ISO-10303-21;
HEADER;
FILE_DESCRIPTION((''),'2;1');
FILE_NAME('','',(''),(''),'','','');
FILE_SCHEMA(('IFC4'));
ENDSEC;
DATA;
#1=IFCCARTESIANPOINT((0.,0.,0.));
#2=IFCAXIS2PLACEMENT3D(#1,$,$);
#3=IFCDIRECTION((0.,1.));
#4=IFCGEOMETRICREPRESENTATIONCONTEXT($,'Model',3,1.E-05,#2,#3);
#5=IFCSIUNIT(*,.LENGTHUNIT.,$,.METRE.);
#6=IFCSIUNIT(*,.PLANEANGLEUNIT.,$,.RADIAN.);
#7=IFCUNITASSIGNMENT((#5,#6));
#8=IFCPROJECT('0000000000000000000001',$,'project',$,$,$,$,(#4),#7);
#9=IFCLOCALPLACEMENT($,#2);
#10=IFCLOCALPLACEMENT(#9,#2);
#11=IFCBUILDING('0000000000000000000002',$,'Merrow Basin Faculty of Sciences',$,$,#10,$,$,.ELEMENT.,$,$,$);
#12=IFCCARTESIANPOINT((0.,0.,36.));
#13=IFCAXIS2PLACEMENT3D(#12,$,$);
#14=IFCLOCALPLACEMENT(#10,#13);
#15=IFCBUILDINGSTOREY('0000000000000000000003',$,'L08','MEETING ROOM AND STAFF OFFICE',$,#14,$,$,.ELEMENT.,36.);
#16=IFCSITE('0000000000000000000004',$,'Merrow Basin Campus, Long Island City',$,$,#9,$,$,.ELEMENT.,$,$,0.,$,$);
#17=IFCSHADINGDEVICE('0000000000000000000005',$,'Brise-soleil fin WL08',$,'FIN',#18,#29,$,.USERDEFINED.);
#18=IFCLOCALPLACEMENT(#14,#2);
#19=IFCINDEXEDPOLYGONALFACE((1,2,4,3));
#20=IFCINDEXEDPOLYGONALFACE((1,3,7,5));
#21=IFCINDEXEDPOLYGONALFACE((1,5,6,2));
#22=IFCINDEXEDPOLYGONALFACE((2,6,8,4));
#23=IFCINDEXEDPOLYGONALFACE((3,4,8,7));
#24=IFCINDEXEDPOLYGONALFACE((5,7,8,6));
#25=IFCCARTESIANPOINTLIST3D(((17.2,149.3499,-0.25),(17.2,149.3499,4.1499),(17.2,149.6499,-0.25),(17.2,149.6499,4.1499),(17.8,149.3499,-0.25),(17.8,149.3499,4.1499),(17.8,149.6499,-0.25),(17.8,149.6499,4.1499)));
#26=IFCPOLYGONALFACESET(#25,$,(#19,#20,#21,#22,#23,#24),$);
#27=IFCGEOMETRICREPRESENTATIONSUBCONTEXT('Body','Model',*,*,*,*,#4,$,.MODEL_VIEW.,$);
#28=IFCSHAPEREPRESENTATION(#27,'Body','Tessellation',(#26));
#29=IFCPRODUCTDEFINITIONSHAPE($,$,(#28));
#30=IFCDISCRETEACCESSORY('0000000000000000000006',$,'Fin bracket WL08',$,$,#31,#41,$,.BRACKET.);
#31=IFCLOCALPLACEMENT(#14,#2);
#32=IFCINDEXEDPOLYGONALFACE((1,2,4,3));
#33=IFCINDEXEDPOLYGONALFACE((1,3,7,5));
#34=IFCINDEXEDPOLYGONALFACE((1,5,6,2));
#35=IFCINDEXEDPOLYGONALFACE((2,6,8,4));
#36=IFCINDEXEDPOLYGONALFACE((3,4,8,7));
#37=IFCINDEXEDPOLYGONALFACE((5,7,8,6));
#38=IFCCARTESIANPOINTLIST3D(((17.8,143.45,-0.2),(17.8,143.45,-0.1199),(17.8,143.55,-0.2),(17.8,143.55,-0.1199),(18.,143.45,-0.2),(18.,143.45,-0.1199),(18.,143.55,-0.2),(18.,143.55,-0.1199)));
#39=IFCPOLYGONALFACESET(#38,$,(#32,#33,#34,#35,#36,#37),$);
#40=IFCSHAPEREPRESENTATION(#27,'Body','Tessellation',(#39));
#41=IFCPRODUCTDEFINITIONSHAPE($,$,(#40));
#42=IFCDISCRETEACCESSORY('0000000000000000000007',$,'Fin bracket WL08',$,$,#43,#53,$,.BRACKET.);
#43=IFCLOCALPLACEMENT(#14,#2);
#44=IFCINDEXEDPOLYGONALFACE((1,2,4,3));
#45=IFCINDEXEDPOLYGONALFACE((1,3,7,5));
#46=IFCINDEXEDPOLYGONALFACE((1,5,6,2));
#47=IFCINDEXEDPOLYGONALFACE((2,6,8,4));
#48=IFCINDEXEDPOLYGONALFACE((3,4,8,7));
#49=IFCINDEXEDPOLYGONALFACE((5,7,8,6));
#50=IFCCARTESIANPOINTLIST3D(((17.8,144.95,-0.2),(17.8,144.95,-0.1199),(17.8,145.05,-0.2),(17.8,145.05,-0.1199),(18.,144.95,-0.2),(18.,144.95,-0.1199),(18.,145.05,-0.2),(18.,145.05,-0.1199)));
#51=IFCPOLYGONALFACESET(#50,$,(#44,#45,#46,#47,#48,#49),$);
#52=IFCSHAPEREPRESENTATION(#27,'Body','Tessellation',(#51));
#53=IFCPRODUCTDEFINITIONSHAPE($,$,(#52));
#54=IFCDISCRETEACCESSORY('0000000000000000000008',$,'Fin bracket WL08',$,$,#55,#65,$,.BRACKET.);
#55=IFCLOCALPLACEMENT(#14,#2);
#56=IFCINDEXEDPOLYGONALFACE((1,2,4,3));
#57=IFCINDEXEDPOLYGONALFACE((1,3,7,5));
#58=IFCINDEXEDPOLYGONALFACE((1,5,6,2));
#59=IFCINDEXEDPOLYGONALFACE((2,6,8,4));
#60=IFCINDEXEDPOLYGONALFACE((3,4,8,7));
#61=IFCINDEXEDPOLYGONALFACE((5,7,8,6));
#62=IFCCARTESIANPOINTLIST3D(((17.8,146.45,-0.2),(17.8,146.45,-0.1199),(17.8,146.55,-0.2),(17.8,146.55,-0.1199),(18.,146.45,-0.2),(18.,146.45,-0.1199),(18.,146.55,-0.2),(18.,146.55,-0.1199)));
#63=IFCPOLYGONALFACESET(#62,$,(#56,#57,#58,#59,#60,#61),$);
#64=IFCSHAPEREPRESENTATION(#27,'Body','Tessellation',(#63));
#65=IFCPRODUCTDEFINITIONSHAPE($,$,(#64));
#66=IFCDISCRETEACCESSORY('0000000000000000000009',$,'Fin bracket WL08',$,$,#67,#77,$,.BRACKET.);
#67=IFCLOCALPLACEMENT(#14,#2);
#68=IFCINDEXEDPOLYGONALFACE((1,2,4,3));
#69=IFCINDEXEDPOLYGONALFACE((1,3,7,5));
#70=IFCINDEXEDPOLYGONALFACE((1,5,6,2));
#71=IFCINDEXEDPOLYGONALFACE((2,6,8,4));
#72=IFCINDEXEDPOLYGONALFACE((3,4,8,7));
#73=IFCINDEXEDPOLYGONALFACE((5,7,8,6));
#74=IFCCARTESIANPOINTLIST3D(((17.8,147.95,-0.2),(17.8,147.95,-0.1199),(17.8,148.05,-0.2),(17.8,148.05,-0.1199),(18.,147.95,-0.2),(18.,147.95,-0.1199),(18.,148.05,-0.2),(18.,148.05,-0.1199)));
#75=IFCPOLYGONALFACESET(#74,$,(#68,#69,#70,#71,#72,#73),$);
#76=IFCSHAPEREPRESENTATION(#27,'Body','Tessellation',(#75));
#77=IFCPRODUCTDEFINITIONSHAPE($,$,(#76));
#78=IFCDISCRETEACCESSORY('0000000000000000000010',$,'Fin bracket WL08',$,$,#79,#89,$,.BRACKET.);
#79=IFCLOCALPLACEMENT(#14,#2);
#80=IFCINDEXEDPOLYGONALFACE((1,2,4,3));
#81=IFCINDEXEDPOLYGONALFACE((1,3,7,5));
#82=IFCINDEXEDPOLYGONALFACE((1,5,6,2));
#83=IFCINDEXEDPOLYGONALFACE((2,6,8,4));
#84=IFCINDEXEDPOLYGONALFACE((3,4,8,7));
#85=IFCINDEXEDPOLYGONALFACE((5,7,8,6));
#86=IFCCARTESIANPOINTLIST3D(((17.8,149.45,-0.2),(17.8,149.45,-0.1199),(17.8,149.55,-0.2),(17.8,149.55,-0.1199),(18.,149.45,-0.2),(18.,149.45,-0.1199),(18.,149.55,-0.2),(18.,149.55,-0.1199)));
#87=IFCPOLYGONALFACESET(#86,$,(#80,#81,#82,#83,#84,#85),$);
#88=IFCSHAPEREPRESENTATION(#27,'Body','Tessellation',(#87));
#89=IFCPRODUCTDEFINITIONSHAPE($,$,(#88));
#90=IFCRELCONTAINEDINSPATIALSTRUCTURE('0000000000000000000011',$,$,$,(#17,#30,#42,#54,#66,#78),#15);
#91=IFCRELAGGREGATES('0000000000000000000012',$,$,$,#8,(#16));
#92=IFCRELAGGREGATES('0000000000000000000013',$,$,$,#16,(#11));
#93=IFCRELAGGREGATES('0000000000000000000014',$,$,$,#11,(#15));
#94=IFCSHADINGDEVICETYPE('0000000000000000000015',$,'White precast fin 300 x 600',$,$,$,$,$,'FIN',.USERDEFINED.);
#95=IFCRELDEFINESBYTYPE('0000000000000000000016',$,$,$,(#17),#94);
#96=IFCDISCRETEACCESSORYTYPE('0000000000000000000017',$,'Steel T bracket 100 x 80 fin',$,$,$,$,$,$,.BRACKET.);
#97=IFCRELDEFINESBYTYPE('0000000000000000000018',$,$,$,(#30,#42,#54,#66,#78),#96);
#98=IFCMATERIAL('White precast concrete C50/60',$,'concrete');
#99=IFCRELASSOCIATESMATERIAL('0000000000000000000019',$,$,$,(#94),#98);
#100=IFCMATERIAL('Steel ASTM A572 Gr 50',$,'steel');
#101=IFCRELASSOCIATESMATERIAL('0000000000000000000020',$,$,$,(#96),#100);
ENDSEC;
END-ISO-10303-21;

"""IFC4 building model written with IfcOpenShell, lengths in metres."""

from ifc_helpers import new_model, si_unit, direction, frame, origin, place, context, subcontext, project, spatial, polyline, outline, extrude, source, transform, mapped, material, type_object, element, save


model = new_model("IFC4")

# Units and contexts
model_context = context("Model", 3, precision=1e-05, world=origin(), true_north=direction((0.0, 1.0)))
body_context = subcontext(model_context, "Body", "Model", "MODEL_VIEW")
ifc_project = project(units=[si_unit("LENGTHUNIT", "METRE"), si_unit("PLANEANGLEUNIT", "RADIAN")], contexts=[model_context])

# Site, building, storey
site_placement = place(None, origin())
site = spatial("IfcSite", under=ifc_project, at=site_placement, Name="Merrow Basin Campus, Long Island City", CompositionType="ELEMENT", RefElevation=0.0)
building_placement = place(site_placement, origin())
building = spatial("IfcBuilding", under=site, at=building_placement, Name="Merrow Basin Faculty of Sciences", CompositionType="ELEMENT")
storey_placement = place(building_placement, frame((0.0, 0.0, 36.0)))
storey = spatial("IfcBuildingStorey", under=building, at=storey_placement, Name="L08", Description="MEETING ROOM AND STAFF OFFICE", CompositionType="ELEMENT", Elevation=36.0)

# Shading device
ifc_material_1 = material(Name="White precast concrete C50/60", Category="concrete")
shading_device_type = type_object("IfcShadingDeviceType", Name="White precast fin 300 x 600", ElementType="FIN", PredefinedType="USERDEFINED", material=ifc_material_1)
shared_shape_1 = source(origin(), body_context, "Body", "SweptSolid", [
    extrude(outline(polyline([(0.0, 0.0), (0.3, 0.0), (0.3, 4.3999), (0.0, 4.3999), (0.0, 0.0)])), origin(), (0.0, 0.0, 1.0), 0.6001),
])
for number, where, z_axis, x_axis, name in (
    (1, (17.8, 149.6499, -0.25), (-1.0, 0.0, 0.0), (0.0, -1.0, 0.0), "Brise-soleil fin WL08"),
):
    element("IfcShadingDevice", number, at=place(storey_placement, frame(where, z_axis=z_axis, x_axis=x_axis)), inside=storey, type_object=shading_device_type, Name=name, ObjectType="FIN", PredefinedType="USERDEFINED", context=body_context, shape_type="MappedRepresentation", body=[
        mapped(shared_shape_1, transform((0.0, 0.0, 0.0), scale=1.0)),
    ])

# Discrete accessories
ifc_material_2 = material(Name="Steel ASTM A572 Gr 50", Category="steel")
discrete_accessory_type = type_object("IfcDiscreteAccessoryType", Name="Steel T bracket 100 x 80 fin", PredefinedType="BRACKET", material=ifc_material_2)
shared_shape_2 = source(origin(), body_context, "Body", "SweptSolid", [
    extrude(outline(polyline([(0.0, 0.0), (0.1001, 0.0), (0.1001, 0.0801), (0.0, 0.0801), (0.0, 0.0)])), origin(), (0.0, 0.0, 1.0), 0.2),
])
for number, where, z_axis, x_axis, name in (
    (2, (18.0, 143.55, -0.2), (-1.0, 0.0, 0.0), (0.0, -1.0, 0.0), "Fin bracket WL08"),
    (3, (18.0, 145.05, -0.2), (-1.0, 0.0, 0.0), (0.0, -1.0, 0.0), "Fin bracket WL08"),
    (4, (18.0, 146.55, -0.2), (-1.0, 0.0, 0.0), (0.0, -1.0, 0.0), "Fin bracket WL08"),
    (5, (18.0, 148.05, -0.2), (-1.0, 0.0, 0.0), (0.0, -1.0, 0.0), "Fin bracket WL08"),
    (6, (18.0, 149.55, -0.2), (-1.0, 0.0, 0.0), (0.0, -1.0, 0.0), "Fin bracket WL08"),
):
    element("IfcDiscreteAccessory", number, at=place(storey_placement, frame(where, z_axis=z_axis, x_axis=x_axis)), inside=storey, type_object=discrete_accessory_type, Name=name, PredefinedType="BRACKET", context=body_context, shape_type="MappedRepresentation", body=[
        mapped(shared_shape_2, transform((0.0, 0.0, 0.0), scale=1.0)),
    ])

save(model, "model.ifc")
